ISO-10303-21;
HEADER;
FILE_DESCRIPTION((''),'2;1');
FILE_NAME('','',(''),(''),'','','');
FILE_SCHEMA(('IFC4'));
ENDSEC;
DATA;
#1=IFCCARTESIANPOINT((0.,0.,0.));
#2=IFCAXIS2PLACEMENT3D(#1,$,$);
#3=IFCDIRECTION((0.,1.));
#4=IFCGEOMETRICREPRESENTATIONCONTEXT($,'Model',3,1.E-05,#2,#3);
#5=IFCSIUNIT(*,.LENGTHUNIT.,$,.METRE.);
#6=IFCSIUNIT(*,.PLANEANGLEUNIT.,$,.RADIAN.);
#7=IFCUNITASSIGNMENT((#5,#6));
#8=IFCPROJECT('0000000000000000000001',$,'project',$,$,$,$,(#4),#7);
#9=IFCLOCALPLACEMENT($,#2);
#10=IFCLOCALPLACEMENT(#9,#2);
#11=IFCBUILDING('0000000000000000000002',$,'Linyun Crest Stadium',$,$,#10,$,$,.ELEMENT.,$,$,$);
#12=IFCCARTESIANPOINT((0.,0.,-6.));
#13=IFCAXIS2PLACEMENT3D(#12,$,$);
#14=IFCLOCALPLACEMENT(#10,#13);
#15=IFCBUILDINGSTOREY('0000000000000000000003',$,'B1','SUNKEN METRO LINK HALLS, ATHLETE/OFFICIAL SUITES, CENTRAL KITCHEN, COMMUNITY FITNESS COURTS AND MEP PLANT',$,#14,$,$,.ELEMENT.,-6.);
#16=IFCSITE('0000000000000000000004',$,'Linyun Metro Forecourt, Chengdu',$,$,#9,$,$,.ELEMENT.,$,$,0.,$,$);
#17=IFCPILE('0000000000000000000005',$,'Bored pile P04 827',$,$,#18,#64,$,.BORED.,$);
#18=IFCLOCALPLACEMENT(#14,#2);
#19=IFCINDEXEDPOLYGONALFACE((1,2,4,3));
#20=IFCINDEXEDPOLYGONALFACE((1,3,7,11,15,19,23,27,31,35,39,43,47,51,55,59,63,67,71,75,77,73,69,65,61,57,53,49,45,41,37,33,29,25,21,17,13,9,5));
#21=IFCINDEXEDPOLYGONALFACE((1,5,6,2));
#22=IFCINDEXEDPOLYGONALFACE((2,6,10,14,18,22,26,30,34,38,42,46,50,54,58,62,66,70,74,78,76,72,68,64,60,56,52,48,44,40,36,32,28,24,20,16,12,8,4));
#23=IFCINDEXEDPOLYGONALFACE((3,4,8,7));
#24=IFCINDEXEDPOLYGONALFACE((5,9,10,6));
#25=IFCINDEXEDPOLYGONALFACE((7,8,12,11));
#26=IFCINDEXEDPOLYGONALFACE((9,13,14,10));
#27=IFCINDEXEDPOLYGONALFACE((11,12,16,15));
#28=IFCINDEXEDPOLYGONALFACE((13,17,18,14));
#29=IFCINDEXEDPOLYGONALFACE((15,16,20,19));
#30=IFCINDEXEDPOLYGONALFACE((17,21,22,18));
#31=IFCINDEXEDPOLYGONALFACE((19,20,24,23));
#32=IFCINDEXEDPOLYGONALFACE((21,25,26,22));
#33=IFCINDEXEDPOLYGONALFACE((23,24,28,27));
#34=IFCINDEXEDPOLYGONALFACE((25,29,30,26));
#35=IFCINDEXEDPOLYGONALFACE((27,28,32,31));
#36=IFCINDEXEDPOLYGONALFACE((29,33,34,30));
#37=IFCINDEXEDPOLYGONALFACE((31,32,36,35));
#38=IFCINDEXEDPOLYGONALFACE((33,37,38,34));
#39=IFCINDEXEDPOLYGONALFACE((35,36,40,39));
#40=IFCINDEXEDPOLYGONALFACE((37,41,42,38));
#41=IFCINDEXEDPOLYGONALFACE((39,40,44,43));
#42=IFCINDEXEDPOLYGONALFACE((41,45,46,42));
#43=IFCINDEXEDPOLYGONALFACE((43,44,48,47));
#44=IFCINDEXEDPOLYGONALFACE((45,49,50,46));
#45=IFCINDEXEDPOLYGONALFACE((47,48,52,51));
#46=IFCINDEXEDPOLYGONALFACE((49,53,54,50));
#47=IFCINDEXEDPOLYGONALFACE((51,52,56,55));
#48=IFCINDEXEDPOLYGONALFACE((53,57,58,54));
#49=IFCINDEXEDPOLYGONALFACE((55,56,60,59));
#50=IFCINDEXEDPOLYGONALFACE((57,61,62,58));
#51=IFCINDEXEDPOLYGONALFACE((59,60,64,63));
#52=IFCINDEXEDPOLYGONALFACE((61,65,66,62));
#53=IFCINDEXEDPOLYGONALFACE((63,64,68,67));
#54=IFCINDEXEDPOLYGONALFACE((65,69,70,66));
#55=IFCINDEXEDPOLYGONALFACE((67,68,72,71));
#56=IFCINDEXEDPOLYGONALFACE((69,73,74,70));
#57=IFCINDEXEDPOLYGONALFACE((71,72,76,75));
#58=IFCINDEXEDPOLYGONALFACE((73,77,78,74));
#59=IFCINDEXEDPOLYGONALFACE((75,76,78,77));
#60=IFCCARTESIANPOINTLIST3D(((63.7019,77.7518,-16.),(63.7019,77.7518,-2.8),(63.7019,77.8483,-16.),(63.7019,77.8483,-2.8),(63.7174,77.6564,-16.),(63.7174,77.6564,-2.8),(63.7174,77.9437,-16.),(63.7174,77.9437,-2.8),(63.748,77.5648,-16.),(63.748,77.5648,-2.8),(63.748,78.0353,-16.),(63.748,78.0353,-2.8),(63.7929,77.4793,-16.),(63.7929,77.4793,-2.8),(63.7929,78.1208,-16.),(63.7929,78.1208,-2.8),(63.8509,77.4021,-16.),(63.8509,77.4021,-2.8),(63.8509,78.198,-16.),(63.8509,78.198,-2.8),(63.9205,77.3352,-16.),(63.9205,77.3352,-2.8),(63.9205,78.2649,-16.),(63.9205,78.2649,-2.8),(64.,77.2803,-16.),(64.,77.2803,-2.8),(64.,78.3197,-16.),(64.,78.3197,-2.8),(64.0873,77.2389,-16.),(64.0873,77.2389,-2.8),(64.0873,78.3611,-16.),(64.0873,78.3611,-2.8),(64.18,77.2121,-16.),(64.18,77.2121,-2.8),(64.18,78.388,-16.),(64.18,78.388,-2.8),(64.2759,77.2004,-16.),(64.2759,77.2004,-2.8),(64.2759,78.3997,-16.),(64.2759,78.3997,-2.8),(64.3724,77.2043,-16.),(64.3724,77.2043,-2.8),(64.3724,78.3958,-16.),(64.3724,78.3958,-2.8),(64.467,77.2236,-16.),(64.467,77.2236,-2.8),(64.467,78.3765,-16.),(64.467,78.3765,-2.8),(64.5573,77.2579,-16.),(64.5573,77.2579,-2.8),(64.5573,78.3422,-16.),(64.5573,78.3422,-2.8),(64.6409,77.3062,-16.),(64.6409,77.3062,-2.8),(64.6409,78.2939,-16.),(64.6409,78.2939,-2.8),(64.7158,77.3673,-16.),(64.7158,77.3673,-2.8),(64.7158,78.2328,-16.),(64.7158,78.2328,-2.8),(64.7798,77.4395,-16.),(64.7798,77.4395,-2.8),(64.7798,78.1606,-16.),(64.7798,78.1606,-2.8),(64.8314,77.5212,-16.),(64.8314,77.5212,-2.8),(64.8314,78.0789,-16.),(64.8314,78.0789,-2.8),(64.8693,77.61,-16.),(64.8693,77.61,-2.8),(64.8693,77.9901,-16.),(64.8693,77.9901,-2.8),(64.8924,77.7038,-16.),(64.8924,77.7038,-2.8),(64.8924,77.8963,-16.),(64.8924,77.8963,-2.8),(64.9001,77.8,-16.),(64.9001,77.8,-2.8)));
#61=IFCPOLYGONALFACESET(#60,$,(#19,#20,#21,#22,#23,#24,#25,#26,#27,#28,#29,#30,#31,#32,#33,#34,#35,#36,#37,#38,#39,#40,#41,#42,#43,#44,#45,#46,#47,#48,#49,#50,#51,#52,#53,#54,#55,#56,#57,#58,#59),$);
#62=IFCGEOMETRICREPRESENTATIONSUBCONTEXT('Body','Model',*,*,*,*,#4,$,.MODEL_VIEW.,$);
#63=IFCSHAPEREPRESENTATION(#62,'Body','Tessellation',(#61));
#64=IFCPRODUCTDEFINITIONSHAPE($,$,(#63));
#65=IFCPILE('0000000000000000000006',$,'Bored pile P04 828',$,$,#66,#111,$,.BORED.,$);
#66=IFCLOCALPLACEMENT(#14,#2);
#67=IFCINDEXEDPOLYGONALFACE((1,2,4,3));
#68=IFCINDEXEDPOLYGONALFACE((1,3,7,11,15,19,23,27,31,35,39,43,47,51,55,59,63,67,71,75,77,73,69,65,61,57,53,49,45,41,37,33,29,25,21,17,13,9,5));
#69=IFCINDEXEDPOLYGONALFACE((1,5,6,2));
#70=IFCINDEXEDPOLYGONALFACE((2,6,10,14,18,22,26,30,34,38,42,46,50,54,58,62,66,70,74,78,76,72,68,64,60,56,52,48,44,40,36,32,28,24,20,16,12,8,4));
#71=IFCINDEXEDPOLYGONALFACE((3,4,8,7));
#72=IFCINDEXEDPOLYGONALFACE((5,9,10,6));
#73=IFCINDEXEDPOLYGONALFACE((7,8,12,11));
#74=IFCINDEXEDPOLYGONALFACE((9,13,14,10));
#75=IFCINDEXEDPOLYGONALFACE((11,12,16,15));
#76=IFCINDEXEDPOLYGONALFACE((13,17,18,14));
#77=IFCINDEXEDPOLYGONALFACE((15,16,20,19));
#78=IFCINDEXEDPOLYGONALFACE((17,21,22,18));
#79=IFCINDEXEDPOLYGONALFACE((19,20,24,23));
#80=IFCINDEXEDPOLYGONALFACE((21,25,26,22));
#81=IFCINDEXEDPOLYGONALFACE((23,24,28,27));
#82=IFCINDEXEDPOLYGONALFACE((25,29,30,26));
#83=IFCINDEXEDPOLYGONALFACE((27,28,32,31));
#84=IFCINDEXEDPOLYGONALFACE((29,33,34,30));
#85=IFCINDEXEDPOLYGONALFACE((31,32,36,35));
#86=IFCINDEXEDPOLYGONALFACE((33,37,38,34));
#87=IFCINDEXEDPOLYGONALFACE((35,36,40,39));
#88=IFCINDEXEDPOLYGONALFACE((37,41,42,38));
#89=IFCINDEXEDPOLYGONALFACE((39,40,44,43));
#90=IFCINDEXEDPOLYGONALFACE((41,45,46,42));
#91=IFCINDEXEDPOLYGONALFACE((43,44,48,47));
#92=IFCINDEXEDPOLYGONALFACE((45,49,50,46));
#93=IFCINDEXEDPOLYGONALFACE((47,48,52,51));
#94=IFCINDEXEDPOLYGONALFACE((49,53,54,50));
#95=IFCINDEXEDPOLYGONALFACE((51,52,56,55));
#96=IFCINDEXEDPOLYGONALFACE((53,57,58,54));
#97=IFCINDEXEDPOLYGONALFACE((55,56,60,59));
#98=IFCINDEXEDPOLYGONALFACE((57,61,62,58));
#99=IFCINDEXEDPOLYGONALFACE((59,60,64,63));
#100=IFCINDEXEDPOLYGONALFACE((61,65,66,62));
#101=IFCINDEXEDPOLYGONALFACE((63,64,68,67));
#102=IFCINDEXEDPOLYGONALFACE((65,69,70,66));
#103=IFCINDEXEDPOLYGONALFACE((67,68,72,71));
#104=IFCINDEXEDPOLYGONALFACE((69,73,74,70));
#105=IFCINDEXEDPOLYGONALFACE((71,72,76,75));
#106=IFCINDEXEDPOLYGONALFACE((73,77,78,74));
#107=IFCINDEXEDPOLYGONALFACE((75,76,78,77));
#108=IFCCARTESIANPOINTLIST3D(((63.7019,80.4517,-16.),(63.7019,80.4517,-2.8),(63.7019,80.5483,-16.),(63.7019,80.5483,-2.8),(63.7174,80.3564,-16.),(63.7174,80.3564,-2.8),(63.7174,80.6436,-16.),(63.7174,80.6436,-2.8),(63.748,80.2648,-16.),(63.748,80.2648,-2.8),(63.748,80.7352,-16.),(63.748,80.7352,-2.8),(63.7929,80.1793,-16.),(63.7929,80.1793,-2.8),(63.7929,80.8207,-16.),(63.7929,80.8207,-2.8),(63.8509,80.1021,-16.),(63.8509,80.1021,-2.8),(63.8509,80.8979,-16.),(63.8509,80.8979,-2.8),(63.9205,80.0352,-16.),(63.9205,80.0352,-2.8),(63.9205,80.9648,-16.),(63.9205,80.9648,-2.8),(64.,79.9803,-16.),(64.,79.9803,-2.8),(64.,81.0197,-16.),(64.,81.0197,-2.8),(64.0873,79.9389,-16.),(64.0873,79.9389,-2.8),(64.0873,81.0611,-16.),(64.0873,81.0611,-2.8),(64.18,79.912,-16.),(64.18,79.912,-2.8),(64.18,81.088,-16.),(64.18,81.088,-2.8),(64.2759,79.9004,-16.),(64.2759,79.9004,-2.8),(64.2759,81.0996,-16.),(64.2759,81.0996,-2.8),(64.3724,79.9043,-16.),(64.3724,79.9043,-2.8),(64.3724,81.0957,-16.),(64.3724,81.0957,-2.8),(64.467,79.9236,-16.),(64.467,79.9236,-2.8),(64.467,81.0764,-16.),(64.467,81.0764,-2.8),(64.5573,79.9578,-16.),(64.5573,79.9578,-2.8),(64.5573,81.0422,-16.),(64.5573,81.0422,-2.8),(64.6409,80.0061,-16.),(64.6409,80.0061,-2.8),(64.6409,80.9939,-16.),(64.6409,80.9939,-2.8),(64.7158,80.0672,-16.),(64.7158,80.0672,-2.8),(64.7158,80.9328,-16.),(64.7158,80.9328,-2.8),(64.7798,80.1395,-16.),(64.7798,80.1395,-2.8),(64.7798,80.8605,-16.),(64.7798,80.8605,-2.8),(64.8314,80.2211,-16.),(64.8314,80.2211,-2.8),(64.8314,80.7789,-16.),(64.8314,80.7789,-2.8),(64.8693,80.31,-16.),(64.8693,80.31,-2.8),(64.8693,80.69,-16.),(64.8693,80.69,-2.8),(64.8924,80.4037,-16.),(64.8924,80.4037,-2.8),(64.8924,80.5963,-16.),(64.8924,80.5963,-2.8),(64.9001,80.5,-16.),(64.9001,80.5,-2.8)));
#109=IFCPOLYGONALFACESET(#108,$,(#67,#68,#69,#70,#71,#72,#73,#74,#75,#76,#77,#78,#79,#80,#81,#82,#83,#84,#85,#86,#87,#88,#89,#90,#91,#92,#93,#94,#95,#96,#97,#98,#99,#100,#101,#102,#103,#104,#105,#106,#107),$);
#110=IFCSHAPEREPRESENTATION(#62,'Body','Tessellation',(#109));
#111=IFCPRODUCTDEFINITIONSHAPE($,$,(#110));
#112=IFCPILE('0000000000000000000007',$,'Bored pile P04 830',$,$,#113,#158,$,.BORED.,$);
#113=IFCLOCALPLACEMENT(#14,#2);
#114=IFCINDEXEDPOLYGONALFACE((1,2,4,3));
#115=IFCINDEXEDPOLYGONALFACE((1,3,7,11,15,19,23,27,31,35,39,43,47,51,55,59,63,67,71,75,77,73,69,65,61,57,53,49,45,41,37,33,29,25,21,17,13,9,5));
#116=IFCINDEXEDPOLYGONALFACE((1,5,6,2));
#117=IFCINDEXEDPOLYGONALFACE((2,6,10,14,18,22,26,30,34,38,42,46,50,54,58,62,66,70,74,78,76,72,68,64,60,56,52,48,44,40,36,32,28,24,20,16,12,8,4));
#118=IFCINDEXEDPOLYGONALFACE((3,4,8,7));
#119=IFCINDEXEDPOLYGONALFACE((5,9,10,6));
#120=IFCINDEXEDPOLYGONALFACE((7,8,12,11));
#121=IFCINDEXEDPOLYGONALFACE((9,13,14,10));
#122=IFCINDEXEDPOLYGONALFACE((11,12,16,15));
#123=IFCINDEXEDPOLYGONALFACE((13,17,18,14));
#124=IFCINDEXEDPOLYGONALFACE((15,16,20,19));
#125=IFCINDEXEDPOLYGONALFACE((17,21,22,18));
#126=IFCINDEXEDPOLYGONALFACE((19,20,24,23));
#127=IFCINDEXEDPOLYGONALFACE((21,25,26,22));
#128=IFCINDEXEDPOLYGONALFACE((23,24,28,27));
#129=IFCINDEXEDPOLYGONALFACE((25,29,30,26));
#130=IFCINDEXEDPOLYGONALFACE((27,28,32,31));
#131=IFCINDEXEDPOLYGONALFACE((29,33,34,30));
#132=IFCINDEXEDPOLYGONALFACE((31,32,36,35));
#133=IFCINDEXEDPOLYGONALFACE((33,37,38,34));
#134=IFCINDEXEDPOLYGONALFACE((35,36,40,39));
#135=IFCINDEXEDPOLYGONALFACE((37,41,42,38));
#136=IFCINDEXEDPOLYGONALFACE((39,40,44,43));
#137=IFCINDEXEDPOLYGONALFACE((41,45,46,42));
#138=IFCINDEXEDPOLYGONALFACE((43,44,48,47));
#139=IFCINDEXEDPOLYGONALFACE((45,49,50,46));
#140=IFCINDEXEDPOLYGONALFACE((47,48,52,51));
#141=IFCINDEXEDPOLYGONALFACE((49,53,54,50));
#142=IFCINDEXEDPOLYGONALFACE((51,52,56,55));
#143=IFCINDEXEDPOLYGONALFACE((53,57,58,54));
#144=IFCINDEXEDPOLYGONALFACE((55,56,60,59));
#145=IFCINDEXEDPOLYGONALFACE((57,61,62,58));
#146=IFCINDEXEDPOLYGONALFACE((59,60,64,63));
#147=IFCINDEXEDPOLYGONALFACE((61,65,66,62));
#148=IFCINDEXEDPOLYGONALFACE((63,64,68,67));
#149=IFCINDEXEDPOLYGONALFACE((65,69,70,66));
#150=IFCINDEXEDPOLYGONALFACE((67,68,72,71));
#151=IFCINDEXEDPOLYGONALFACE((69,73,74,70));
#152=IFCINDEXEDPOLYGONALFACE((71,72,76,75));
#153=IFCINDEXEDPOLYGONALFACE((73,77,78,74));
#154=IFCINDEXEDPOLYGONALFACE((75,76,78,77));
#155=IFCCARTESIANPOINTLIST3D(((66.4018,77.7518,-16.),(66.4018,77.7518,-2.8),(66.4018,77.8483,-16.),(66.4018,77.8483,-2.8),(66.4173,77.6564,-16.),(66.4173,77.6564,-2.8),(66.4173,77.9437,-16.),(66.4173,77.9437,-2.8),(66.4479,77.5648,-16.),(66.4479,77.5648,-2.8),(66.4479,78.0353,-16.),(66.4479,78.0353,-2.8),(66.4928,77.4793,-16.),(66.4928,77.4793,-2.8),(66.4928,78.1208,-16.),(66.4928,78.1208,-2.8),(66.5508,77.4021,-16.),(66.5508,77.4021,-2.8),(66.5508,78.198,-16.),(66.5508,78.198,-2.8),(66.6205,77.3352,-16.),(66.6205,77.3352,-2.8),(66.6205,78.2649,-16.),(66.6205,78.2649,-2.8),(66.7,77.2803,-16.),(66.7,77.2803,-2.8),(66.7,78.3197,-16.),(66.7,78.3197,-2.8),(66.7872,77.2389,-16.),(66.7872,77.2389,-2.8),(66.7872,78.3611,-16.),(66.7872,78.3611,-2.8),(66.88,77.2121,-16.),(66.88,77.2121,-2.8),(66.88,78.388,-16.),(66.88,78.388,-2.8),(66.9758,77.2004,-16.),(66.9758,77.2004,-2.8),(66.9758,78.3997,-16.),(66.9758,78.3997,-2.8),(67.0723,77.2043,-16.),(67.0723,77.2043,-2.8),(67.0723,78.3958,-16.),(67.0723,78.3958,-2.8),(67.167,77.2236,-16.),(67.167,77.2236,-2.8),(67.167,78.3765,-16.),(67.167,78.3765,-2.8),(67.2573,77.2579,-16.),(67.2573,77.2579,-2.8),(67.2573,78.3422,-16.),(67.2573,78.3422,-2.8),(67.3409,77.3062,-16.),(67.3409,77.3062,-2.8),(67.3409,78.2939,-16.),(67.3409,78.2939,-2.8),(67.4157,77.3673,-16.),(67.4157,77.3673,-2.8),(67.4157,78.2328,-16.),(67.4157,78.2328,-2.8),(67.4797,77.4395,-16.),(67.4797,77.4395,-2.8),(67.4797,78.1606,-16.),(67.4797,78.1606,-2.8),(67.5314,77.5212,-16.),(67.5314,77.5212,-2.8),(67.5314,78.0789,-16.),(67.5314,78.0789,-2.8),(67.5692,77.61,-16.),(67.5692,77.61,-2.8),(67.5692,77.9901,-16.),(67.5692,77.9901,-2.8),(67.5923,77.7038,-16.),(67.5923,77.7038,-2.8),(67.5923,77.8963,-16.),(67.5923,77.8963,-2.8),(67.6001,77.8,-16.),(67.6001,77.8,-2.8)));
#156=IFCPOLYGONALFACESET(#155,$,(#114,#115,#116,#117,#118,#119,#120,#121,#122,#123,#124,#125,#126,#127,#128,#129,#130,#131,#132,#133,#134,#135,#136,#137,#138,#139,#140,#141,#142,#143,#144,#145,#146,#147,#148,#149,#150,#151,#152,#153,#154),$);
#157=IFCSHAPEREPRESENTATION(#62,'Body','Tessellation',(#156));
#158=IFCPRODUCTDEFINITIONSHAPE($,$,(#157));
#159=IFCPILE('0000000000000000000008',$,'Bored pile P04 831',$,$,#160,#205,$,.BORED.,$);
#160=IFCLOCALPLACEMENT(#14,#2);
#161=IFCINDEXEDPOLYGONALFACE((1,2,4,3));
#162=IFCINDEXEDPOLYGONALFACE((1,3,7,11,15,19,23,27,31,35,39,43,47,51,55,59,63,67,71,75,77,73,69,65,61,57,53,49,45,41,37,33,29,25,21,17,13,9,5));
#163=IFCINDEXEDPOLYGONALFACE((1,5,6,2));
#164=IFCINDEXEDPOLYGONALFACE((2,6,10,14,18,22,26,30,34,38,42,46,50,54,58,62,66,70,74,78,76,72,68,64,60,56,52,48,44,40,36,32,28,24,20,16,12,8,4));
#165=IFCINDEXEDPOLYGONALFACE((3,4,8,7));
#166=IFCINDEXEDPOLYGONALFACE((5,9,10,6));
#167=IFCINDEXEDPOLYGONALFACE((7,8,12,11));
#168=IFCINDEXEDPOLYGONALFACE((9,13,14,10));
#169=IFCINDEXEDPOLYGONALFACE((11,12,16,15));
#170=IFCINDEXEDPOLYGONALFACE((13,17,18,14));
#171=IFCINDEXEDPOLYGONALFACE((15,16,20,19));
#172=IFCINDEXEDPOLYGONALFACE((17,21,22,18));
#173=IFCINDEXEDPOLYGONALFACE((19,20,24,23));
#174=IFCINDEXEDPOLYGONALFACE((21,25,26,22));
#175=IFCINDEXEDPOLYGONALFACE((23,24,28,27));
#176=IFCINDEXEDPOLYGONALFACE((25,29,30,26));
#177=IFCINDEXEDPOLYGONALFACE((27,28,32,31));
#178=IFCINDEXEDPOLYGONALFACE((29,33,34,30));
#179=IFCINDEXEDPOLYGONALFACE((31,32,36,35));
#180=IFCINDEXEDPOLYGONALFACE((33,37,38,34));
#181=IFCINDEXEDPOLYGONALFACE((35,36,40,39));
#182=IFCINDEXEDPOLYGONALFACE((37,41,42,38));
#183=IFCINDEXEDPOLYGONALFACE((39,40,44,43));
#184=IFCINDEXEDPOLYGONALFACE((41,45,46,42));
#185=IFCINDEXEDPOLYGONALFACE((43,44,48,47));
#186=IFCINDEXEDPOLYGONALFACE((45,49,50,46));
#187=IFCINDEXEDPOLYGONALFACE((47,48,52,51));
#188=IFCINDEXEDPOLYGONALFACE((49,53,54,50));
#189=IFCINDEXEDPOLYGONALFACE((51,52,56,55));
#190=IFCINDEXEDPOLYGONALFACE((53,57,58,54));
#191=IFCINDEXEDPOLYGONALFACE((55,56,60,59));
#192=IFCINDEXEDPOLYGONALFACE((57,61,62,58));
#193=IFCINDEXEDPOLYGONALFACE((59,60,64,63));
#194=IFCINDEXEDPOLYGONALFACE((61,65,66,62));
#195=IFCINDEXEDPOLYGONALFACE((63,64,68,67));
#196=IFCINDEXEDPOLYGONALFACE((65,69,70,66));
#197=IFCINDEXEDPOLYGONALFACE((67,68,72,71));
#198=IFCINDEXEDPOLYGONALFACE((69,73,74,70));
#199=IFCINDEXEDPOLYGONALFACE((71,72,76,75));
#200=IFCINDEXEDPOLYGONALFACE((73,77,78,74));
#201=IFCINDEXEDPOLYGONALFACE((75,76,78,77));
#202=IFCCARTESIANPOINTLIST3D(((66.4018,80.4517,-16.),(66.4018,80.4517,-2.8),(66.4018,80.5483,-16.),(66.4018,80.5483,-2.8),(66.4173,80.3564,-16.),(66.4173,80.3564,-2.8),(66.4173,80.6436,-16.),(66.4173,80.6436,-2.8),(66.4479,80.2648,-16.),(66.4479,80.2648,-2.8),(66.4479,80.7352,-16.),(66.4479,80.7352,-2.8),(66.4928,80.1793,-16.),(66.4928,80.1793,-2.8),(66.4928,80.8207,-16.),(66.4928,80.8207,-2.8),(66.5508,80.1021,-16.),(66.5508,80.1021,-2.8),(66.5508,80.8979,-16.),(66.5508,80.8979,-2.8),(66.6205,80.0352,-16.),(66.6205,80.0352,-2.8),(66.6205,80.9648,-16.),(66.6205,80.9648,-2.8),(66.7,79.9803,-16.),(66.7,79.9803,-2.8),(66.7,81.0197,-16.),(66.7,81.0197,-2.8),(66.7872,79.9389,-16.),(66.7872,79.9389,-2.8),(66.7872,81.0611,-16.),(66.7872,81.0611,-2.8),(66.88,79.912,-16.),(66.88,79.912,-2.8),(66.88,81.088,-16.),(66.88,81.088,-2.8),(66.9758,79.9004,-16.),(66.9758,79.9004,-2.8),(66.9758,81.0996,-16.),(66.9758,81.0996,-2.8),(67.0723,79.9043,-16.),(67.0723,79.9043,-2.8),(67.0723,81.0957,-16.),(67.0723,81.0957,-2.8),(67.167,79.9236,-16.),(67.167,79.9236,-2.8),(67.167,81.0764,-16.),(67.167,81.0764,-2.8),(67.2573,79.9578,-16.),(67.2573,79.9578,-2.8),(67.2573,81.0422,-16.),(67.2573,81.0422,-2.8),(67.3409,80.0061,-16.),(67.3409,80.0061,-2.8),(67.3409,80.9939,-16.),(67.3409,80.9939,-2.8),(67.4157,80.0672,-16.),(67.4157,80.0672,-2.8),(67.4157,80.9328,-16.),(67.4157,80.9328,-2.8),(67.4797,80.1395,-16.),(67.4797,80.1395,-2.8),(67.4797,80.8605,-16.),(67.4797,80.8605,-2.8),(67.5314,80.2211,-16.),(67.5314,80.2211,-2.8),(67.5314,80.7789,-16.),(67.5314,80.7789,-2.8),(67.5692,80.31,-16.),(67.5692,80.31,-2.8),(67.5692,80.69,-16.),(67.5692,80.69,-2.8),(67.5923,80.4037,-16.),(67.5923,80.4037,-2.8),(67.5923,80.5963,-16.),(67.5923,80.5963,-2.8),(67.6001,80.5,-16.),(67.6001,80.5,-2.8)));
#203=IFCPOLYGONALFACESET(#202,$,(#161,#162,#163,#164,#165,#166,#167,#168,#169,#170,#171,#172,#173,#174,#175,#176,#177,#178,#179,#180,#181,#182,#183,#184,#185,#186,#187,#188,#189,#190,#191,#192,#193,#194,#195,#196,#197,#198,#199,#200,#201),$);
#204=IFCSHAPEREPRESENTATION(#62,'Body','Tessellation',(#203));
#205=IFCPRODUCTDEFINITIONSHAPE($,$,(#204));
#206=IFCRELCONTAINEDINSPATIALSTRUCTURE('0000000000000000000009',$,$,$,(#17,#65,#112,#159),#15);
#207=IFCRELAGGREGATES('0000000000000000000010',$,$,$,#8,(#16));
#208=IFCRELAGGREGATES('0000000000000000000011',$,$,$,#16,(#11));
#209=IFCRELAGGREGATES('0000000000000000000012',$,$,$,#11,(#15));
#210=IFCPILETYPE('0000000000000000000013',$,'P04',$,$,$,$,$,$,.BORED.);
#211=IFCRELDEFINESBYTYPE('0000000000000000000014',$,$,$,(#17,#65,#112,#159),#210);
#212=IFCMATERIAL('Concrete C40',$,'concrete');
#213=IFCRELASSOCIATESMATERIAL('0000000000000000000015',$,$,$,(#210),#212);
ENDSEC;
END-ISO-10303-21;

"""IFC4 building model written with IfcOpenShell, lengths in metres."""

from ifc_helpers import new_model, si_unit, direction, frame, origin, origin_2d, place, context, subcontext, project, spatial, circle, extrude, material, material_profile, profile_set, type_object, element, save


model = new_model("IFC4")

# Units and contexts
model_context = context("Model", 3, precision=1e-05, world=origin(), true_north=direction((0.0, 1.0)))
body_context = subcontext(model_context, "Body", "Model", "MODEL_VIEW")
ifc_project = project(units=[si_unit("LENGTHUNIT", "METRE"), si_unit("PLANEANGLEUNIT", "RADIAN")], contexts=[model_context])

# Site, building, storey
site_placement = place(None, origin())
site = spatial("IfcSite", under=ifc_project, at=site_placement, Name="Linyun Metro Forecourt, Chengdu", CompositionType="ELEMENT", RefElevation=0.0)
building_placement = place(site_placement, origin())
building = spatial("IfcBuilding", under=site, at=building_placement, Name="Linyun Crest Stadium", CompositionType="ELEMENT")
storey_placement = place(building_placement, frame((0.0, 0.0, -6.0)))
storey = spatial("IfcBuildingStorey", under=building, at=storey_placement, Name="B1", Description="SUNKEN METRO LINK HALLS, ATHLETE/OFFICIAL SUITES, CENTRAL KITCHEN, COMMUNITY FITNESS COURTS AND MEP PLANT", CompositionType="ELEMENT", Elevation=-6.0)

# Piles
ifc_material_1 = material(Name="Concrete C40", Category="concrete")
ifc_material_profile_1 = material_profile(ifc_material_1, circle(Radius=0.6001, at=origin_2d()), Name="BORED PILE 1200")
ifc_profile_set_1 = profile_set([ifc_material_profile_1], Name="Concrete C40")
pile_type_1 = type_object("IfcPileType", Name="P04", PredefinedType="BORED", material=ifc_profile_set_1)
for number, where, z_axis, x_axis, name in (
    (1, (64.3, 77.8, -2.8), (0.0, 0.0, -1.0), (1.0, 0.0, 0.0), "Bored pile P04 827"),
    (2, (64.3, 80.5, -2.8), (0.0, 0.0, -1.0), (1.0, 0.0, 0.0), "Bored pile P04 828"),
    (3, (67.0, 77.8, -2.8), (0.0, 0.0, -1.0), (1.0, 0.0, 0.0), "Bored pile P04 830"),
    (4, (67.0, 80.5, -2.8), (0.0, 0.0, -1.0), (1.0, 0.0, 0.0), "Bored pile P04 831"),
):
    element("IfcPile", number, at=place(storey_placement, frame(where, z_axis=z_axis, x_axis=x_axis)), inside=storey, type_object=pile_type_1, Name=name, PredefinedType="BORED", context=body_context, shape_type="SweptSolid", body=[
        extrude(circle(Radius=0.6001, at=origin_2d()), origin(), (0.0, 0.0, 1.0), 13.2),
    ])

save(model, "model.ifc")
